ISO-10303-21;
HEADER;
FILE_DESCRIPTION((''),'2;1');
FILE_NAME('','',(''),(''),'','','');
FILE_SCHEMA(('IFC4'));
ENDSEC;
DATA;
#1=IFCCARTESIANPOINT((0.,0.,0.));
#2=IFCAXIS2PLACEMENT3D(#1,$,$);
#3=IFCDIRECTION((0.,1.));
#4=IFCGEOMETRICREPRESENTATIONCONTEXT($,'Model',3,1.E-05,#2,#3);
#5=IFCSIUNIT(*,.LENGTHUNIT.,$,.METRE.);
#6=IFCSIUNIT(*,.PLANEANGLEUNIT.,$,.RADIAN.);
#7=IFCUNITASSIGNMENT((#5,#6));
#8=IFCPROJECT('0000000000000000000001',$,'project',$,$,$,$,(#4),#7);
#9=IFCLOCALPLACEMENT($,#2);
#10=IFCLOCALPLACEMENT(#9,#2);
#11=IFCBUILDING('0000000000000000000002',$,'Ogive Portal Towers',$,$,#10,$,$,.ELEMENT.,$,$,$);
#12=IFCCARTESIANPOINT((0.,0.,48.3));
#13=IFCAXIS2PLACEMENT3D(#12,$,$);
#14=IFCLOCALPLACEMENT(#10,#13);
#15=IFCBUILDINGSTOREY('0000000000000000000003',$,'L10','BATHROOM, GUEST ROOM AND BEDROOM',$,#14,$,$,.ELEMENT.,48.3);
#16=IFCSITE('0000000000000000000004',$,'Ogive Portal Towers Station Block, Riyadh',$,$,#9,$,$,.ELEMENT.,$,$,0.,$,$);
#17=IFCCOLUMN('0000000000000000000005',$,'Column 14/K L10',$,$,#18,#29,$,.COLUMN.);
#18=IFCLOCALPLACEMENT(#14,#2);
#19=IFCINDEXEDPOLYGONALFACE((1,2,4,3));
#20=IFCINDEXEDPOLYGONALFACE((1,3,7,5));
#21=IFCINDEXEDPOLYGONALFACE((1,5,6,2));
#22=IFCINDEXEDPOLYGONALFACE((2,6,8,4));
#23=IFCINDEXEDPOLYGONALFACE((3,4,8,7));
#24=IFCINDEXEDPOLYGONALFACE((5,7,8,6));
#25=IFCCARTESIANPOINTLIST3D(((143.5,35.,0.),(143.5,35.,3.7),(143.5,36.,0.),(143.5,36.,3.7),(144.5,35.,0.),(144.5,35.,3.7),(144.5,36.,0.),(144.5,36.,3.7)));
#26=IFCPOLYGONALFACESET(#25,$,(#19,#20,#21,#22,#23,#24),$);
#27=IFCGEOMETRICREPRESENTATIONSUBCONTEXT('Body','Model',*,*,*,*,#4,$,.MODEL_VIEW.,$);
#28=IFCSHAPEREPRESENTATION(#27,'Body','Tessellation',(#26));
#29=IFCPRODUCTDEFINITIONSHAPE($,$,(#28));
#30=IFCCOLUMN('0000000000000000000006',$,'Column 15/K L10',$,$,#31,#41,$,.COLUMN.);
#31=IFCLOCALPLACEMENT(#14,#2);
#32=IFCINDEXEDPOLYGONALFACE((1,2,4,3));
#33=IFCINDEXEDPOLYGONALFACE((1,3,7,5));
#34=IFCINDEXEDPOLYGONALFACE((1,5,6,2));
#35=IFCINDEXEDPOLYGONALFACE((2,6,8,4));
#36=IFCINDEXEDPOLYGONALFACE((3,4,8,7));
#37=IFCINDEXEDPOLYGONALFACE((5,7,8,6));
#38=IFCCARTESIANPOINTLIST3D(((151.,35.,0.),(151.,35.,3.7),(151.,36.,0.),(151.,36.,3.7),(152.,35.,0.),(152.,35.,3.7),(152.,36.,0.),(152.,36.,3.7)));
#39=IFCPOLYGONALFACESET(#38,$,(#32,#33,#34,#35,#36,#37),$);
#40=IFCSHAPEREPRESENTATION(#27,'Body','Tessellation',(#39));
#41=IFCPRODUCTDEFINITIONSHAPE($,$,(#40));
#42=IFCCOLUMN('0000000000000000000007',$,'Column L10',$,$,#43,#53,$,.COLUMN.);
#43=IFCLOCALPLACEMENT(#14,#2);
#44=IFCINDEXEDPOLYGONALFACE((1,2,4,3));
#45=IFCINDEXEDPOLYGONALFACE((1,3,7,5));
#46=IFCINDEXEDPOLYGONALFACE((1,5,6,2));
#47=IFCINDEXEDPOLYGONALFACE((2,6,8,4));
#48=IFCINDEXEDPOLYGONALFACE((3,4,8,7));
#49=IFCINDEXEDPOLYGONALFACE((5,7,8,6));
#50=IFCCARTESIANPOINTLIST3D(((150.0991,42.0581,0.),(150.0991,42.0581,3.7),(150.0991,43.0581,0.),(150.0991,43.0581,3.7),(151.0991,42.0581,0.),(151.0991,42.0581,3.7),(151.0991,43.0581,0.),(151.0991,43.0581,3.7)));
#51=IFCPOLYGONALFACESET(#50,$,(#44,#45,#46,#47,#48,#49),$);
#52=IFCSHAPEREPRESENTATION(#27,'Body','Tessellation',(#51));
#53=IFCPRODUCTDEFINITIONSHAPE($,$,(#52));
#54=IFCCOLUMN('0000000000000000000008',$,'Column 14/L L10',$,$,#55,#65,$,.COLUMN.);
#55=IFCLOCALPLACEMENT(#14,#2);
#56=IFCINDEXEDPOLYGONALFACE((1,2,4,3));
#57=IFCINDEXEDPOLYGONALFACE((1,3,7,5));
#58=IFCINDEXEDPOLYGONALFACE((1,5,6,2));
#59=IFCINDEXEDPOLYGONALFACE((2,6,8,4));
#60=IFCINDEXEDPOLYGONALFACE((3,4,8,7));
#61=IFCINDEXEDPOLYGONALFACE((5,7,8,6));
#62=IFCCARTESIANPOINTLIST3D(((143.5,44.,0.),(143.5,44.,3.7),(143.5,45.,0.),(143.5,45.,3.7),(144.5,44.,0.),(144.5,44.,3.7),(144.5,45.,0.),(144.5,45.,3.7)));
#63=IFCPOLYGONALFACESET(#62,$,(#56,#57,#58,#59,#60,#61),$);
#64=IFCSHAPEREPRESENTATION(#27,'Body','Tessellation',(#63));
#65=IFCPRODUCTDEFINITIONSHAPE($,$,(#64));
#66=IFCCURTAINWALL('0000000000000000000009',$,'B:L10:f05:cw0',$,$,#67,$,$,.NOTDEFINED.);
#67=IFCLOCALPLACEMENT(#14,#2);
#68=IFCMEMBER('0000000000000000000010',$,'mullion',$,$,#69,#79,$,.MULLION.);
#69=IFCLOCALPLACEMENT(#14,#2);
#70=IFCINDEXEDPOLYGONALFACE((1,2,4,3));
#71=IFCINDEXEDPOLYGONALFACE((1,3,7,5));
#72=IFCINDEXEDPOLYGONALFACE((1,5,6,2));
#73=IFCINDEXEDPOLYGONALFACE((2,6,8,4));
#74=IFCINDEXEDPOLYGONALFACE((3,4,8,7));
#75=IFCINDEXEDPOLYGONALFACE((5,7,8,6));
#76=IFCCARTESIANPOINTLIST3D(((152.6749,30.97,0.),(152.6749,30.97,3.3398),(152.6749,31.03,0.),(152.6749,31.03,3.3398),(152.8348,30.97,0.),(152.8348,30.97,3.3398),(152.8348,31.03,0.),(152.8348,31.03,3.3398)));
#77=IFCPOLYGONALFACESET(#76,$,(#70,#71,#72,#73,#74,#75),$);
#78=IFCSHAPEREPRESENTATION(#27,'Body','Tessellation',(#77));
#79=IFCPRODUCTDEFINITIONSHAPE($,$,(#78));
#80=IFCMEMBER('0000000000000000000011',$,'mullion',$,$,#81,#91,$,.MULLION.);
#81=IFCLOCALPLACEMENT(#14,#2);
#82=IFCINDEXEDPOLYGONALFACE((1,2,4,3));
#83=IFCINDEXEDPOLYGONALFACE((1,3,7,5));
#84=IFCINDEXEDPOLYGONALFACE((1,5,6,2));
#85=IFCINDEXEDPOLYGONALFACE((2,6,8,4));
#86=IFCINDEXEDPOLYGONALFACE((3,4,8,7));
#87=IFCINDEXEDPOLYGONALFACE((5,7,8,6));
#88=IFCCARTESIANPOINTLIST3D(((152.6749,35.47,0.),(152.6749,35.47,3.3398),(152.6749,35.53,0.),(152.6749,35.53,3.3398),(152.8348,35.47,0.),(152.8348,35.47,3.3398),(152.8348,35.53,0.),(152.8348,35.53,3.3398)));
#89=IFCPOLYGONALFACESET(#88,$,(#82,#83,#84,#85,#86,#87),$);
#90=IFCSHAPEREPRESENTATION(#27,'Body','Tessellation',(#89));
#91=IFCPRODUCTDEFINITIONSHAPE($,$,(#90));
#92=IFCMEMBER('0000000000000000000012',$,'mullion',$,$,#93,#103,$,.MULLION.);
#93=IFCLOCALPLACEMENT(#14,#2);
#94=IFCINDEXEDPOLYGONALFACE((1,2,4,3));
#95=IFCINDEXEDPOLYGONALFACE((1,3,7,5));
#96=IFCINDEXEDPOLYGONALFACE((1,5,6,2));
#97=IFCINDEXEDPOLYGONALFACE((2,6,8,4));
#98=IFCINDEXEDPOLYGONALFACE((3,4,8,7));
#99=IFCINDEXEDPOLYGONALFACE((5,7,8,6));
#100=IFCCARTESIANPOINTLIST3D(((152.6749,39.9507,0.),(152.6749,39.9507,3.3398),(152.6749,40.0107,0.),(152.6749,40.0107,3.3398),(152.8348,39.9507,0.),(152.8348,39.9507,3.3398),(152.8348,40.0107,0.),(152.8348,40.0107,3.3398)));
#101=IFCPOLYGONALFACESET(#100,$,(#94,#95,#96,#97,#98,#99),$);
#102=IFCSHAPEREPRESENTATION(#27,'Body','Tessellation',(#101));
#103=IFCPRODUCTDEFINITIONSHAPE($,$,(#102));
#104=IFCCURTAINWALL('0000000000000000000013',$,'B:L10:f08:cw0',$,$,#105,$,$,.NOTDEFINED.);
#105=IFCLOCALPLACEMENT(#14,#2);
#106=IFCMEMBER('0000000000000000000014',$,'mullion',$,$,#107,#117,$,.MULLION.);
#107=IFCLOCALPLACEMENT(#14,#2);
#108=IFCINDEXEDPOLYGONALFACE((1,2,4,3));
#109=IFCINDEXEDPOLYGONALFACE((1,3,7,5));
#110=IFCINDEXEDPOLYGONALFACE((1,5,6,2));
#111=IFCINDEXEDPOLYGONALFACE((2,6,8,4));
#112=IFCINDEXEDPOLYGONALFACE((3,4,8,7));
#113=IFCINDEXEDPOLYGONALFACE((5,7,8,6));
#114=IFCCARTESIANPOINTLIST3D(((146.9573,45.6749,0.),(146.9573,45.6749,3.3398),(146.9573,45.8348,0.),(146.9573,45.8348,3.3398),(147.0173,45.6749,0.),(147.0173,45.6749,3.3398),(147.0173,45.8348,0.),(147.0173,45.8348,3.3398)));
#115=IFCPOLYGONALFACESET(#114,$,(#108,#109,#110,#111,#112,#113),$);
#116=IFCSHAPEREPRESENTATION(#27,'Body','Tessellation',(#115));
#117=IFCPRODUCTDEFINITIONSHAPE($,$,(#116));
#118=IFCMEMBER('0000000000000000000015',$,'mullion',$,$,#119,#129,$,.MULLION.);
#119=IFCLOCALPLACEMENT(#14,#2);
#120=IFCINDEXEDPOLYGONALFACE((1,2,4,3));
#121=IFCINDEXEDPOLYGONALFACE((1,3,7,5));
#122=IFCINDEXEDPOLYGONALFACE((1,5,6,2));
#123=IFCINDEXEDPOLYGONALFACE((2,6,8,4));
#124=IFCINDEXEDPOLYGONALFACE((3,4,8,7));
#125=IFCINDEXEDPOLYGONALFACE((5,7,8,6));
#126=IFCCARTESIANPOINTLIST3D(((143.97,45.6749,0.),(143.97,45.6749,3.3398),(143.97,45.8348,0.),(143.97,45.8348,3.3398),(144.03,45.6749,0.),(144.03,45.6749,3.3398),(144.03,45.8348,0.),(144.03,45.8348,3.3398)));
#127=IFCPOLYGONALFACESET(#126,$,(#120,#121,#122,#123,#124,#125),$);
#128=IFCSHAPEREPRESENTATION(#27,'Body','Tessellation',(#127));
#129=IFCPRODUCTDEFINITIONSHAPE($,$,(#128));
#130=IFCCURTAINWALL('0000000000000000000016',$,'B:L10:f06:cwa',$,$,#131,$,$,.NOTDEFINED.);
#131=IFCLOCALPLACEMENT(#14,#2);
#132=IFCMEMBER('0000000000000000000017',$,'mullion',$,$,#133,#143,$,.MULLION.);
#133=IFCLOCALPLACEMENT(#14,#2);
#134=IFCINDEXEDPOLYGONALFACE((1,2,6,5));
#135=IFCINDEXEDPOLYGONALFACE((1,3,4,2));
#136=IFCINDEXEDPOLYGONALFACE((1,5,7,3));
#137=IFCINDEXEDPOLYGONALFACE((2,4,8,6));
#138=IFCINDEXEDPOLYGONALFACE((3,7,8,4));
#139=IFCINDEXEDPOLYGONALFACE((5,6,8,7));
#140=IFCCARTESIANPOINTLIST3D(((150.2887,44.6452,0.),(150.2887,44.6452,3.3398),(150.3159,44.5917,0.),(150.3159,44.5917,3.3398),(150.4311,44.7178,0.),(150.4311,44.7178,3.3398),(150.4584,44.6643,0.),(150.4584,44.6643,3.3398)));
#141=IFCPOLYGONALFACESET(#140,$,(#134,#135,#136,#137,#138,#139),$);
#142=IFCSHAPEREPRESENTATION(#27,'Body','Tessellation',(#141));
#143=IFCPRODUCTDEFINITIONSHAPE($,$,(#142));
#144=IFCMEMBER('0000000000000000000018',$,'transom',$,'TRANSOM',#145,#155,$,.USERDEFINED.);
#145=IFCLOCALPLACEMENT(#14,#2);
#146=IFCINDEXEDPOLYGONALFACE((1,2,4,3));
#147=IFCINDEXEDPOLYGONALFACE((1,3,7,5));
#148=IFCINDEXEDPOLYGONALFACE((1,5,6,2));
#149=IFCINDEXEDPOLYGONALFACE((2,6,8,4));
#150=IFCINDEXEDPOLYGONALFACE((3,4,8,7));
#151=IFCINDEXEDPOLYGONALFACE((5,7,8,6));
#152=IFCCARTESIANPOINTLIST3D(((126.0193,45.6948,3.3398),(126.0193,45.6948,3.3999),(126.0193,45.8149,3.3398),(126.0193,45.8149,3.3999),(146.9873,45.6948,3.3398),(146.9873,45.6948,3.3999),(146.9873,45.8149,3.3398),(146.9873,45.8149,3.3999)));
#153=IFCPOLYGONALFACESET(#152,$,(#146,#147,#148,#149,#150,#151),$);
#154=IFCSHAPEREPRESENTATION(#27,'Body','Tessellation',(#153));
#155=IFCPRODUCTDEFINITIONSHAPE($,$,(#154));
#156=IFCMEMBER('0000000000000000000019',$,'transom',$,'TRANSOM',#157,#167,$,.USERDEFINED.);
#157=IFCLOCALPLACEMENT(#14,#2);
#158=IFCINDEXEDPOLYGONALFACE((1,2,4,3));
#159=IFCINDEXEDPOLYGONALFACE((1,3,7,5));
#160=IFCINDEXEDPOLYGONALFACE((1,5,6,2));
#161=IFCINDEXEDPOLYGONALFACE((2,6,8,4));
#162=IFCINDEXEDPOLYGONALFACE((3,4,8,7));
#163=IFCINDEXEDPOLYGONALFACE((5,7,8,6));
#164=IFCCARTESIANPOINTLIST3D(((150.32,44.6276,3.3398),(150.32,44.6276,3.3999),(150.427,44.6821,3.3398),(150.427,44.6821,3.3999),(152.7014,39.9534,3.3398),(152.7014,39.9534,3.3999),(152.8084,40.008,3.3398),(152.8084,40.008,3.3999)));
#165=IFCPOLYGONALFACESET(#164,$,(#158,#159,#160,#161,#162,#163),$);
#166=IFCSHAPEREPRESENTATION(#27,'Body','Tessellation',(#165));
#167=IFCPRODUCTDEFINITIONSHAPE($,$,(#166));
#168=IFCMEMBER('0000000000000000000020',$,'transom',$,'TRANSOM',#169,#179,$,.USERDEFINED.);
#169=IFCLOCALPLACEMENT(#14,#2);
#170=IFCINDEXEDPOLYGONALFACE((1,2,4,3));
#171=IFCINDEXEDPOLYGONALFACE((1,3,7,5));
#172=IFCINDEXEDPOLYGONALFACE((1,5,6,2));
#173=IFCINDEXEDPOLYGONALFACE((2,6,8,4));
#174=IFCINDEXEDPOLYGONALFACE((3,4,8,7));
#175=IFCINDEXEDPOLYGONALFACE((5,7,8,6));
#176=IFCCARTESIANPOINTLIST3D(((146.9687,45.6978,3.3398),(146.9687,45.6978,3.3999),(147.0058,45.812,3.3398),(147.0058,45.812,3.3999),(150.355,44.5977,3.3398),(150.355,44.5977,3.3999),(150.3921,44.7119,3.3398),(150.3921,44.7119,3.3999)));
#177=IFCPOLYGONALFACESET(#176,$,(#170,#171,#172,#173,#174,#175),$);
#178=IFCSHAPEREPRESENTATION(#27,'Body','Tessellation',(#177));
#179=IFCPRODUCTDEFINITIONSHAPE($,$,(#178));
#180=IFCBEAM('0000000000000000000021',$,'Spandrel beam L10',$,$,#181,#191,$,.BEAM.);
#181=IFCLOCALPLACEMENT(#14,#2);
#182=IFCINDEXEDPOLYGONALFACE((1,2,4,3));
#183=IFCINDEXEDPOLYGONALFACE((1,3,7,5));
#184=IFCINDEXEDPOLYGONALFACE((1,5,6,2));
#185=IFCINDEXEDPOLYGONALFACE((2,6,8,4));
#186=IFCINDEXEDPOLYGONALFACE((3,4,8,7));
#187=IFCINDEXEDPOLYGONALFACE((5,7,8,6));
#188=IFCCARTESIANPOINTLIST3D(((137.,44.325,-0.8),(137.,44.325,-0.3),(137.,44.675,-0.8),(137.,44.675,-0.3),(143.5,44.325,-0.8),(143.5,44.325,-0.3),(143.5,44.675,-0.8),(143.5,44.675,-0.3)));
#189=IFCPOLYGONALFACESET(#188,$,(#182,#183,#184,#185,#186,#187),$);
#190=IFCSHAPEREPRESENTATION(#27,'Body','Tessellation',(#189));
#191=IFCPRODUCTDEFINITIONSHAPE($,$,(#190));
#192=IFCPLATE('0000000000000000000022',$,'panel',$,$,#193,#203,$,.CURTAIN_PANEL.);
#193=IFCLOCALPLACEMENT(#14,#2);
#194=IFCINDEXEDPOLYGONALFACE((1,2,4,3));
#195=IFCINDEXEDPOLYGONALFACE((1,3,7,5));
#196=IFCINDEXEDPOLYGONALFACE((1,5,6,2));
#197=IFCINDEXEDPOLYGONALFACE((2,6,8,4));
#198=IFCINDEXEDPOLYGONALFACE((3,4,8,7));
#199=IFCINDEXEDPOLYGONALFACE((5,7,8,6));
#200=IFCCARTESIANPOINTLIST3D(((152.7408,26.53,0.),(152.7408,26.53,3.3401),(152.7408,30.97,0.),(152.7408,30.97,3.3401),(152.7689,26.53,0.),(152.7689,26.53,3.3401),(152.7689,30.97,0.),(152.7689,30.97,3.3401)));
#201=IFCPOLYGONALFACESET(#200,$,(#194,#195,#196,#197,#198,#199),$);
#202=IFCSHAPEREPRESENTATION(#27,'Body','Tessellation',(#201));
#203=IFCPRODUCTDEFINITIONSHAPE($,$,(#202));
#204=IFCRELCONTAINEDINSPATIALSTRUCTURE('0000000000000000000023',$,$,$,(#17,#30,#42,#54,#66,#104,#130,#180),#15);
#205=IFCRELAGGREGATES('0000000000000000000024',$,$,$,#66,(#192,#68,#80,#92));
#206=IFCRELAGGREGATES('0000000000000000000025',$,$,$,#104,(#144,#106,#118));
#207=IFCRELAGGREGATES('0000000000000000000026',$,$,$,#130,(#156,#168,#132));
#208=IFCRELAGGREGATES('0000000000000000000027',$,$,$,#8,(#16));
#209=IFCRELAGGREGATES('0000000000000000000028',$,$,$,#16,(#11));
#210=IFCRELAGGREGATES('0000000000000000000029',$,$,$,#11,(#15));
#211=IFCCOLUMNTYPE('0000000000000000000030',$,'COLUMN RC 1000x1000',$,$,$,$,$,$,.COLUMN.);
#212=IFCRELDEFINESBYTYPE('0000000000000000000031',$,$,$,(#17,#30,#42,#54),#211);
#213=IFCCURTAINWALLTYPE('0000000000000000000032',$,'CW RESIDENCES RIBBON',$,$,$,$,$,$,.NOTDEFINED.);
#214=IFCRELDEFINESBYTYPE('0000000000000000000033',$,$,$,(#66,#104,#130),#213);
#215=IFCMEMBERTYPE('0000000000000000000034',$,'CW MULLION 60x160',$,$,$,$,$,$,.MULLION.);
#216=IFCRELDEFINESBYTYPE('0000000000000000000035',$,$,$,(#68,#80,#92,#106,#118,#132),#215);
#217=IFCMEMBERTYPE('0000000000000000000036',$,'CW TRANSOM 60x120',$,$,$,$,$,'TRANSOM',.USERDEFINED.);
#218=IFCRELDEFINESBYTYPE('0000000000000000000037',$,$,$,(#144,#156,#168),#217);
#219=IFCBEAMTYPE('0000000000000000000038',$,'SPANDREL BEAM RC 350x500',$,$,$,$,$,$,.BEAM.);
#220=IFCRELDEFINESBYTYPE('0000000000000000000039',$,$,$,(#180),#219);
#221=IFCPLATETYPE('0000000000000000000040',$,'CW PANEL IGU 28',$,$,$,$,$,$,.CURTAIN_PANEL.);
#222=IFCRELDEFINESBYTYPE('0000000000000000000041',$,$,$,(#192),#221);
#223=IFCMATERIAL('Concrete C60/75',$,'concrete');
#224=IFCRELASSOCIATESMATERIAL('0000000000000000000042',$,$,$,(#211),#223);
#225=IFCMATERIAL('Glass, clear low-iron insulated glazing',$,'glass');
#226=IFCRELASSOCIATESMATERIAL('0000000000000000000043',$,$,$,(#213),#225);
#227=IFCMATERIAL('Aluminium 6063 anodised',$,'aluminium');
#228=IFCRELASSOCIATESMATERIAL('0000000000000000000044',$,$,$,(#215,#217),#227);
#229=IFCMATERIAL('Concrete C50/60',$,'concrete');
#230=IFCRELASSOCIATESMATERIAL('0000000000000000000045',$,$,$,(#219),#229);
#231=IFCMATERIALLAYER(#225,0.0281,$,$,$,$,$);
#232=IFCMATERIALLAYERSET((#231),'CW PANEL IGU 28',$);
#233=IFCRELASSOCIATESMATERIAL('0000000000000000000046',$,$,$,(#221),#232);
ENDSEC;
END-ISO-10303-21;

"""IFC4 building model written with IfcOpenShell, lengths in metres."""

from ifc_helpers import new_model, si_unit, direction, frame, origin, origin_2d, place, context, subcontext, project, spatial, rectangle, extrude, material, layer, layer_set, material_profile, profile_set, type_object, element, aggregate, save


model = new_model("IFC4")

# Units and contexts
model_context = context("Model", 3, precision=1e-05, world=origin(), true_north=direction((0.0, 1.0)))
body_context = subcontext(model_context, "Body", "Model", "MODEL_VIEW")
ifc_project = project(units=[si_unit("LENGTHUNIT", "METRE"), si_unit("PLANEANGLEUNIT", "RADIAN")], contexts=[model_context])

# Site, building, storey
site_placement = place(None, origin())
site = spatial("IfcSite", under=ifc_project, at=site_placement, Name="Ogive Portal Towers Station Block, Riyadh", CompositionType="ELEMENT", RefElevation=0.0)
building_placement = place(site_placement, origin())
building = spatial("IfcBuilding", under=site, at=building_placement, Name="Ogive Portal Towers", CompositionType="ELEMENT")
storey_placement = place(building_placement, frame((0.0, 0.0, 48.3)))
storey = spatial("IfcBuildingStorey", under=building, at=storey_placement, Name="L10", Description="BATHROOM, GUEST ROOM AND BEDROOM", CompositionType="ELEMENT", Elevation=48.3)

# Columns
ifc_material_1 = material(Name="Concrete C60/75", Category="concrete")
ifc_material_profile_1 = material_profile(ifc_material_1, rectangle(XDim=1.0, YDim=1.0, at=origin_2d()), Name="RC 1000x1000")
ifc_profile_set_1 = profile_set([ifc_material_profile_1], Name="Concrete C60/75")
column_type = type_object("IfcColumnType", Name="COLUMN RC 1000x1000", PredefinedType="COLUMN", material=ifc_profile_set_1)
for number, where, z_axis, x_axis, name in (
    (1, (144.0, 35.5, 0.0), (0.0, 0.0, 1.0), (1.0, 0.0, 0.0), "Column 14/K L10"),
    (2, (151.5, 35.5, 0.0), (0.0, 0.0, 1.0), (1.0, 0.0, 0.0), "Column 15/K L10"),
    (3, (150.5991, 42.5581, 0.0), (0.0, 0.0, 1.0), (1.0, 0.0, 0.0), "Column L10"),
    (4, (144.0, 44.5, 0.0), (0.0, 0.0, 1.0), (1.0, 0.0, 0.0), "Column 14/L L10"),
):
    element("IfcColumn", number, at=place(storey_placement, frame(where, z_axis=z_axis, x_axis=x_axis)), inside=storey, type_object=column_type, Name=name, PredefinedType="COLUMN", context=body_context, shape_type="SweptSolid", body=[
        extrude(rectangle(XDim=1.0, YDim=1.0, at=origin_2d()), origin(), (0.0, 0.0, 1.0), 3.7),
    ])

# Curtain walls, members
ifc_material_2 = material(Name="Glass, clear low-iron insulated glazing", Category="glass")
curtain_wall_type = type_object("IfcCurtainWallType", Name="CW RESIDENCES RIBBON", PredefinedType="NOTDEFINED", material=ifc_material_2)
curtain_wall_1_placement = place(storey_placement, origin())
curtain_wall_1 = element("IfcCurtainWall", 5, at=curtain_wall_1_placement, inside=storey, type_object=curtain_wall_type, Name="B:L10:f05:cw0", PredefinedType="NOTDEFINED")
ifc_material_3 = material(Name="Aluminium 6063 anodised", Category="aluminium")
ifc_material_profile_2 = material_profile(ifc_material_3, rectangle(XDim=0.1599, YDim=0.0601, at=origin_2d()), Name="AL 60x160")
ifc_profile_set_2 = profile_set([ifc_material_profile_2], Name="Aluminium 6063 anodised")
member_type_1 = type_object("IfcMemberType", Name="CW MULLION 60x160", PredefinedType="MULLION", material=ifc_profile_set_2)
member_1_placement = place(storey_placement, frame((152.7549, 31.0, 0.0), z_axis=(0.0, 0.0, 1.0), x_axis=(-1.0, 0.0, 0.0)))
member_1 = element("IfcMember", 6, at=member_1_placement, type_object=member_type_1, Name="mullion", PredefinedType="MULLION", context=body_context, shape_type="SweptSolid", body=[
    extrude(rectangle(XDim=0.1599, YDim=0.0601, at=origin_2d()), origin(), (0.0, 0.0, 1.0), 3.3398),
])
member_2_placement = place(storey_placement, frame((152.7549, 35.5, 0.0), z_axis=(0.0, 0.0, 1.0), x_axis=(-1.0, 0.0, 0.0)))
member_2 = element("IfcMember", 7, at=member_2_placement, type_object=member_type_1, Name="mullion", PredefinedType="MULLION", context=body_context, shape_type="SweptSolid", body=[
    extrude(rectangle(XDim=0.1599, YDim=0.0601, at=origin_2d()), origin(), (0.0, 0.0, 1.0), 3.3398),
])
member_3_placement = place(storey_placement, frame((152.7549, 39.9807, 0.0), z_axis=(0.0, 0.0, 1.0), x_axis=(-1.0, 0.0, 0.0)))
member_3 = element("IfcMember", 8, at=member_3_placement, type_object=member_type_1, Name="mullion", PredefinedType="MULLION", context=body_context, shape_type="SweptSolid", body=[
    extrude(rectangle(XDim=0.1599, YDim=0.0601, at=origin_2d()), origin(), (0.0, 0.0, 1.0), 3.3398),
])
curtain_wall_2_placement = place(storey_placement, origin())
curtain_wall_2 = element("IfcCurtainWall", 9, at=curtain_wall_2_placement, inside=storey, type_object=curtain_wall_type, Name="B:L10:f08:cw0", PredefinedType="NOTDEFINED")
member_4_placement = place(storey_placement, frame((146.9873, 45.7549, 0.0), z_axis=(0.0, 0.0, 1.0), x_axis=(0.0, -1.0, 0.0)))
member_4 = element("IfcMember", 10, at=member_4_placement, type_object=member_type_1, Name="mullion", PredefinedType="MULLION", context=body_context, shape_type="SweptSolid", body=[
    extrude(rectangle(XDim=0.1599, YDim=0.0601, at=origin_2d()), origin(), (0.0, 0.0, 1.0), 3.3398),
])
member_5_placement = place(storey_placement, frame((144.0, 45.7549, 0.0), z_axis=(0.0, 0.0, 1.0), x_axis=(0.0, -1.0, 0.0)))
member_5 = element("IfcMember", 11, at=member_5_placement, type_object=member_type_1, Name="mullion", PredefinedType="MULLION", context=body_context, shape_type="SweptSolid", body=[
    extrude(rectangle(XDim=0.1599, YDim=0.0601, at=origin_2d()), origin(), (0.0, 0.0, 1.0), 3.3398),
])

# Curtain wall, member
curtain_wall_3_placement = place(storey_placement, origin())
curtain_wall_3 = element("IfcCurtainWall", 12, at=curtain_wall_3_placement, inside=storey, type_object=curtain_wall_type, Name="B:L10:f06:cwa", PredefinedType="NOTDEFINED")
member_6_placement = place(storey_placement, frame((150.3735, 44.6548, 0.0), z_axis=(0.0, 0.0, 1.0), x_axis=(-0.891007, -0.45399, 0.0)))
member_6 = element("IfcMember", 13, at=member_6_placement, type_object=member_type_1, Name="mullion", PredefinedType="MULLION", context=body_context, shape_type="SweptSolid", body=[
    extrude(rectangle(XDim=0.1599, YDim=0.0601, at=origin_2d()), origin(), (0.0, 0.0, 1.0), 3.3398),
])

# Members
ifc_material_profile_3 = material_profile(ifc_material_3, rectangle(XDim=0.1201, YDim=0.0601, at=origin_2d()), Name="AL 120x60")
ifc_profile_set_3 = profile_set([ifc_material_profile_3], Name="Aluminium 6063 anodised")
member_type_2 = type_object("IfcMemberType", Name="CW TRANSOM 60x120", ElementType="TRANSOM", PredefinedType="USERDEFINED", material=ifc_profile_set_3)
member_7_placement = place(storey_placement, frame((146.9873, 45.7549, 3.3699), z_axis=(-1.0, 0.0, 0.0), x_axis=(0.0, -1.0, 0.0)))
member_7 = element("IfcMember", 14, at=member_7_placement, type_object=member_type_2, Name="transom", ObjectType="TRANSOM", PredefinedType="USERDEFINED", context=body_context, shape_type="SweptSolid", body=[
    extrude(rectangle(XDim=0.1201, YDim=0.0601, at=origin_2d()), origin(), (0.0, 0.0, 1.0), 20.968),
])
member_8_placement = place(storey_placement, frame((152.7549, 39.9807, 3.3699), z_axis=(-0.453959, 0.891023, 0.0), x_axis=(-0.891023, -0.453959, 0.0)))
member_8 = element("IfcMember", 15, at=member_8_placement, type_object=member_type_2, Name="transom", ObjectType="TRANSOM", PredefinedType="USERDEFINED", context=body_context, shape_type="SweptSolid", body=[
    extrude(rectangle(XDim=0.1201, YDim=0.0601, at=origin_2d()), origin(), (0.0, 0.0, 1.0), 5.2458),
])
member_9_placement = place(storey_placement, frame((150.3735, 44.6548, 3.3699), z_axis=(-0.951069, 0.308978, 0.0), x_axis=(-0.308978, -0.951069, 0.0)))
member_9 = element("IfcMember", 16, at=member_9_placement, type_object=member_type_2, Name="transom", ObjectType="TRANSOM", PredefinedType="USERDEFINED", context=body_context, shape_type="SweptSolid", body=[
    extrude(rectangle(XDim=0.1201, YDim=0.0601, at=origin_2d()), origin(), (0.0, 0.0, 1.0), 3.5605),
])

# Beam
ifc_material_4 = material(Name="Concrete C50/60", Category="concrete")
ifc_material_profile_4 = material_profile(ifc_material_4, rectangle(XDim=0.3501, YDim=0.5, at=origin_2d()), Name="RC 350x500")
ifc_profile_set_4 = profile_set([ifc_material_profile_4], Name="Concrete C50/60")
beam_type = type_object("IfcBeamType", Name="SPANDREL BEAM RC 350x500", PredefinedType="BEAM", material=ifc_profile_set_4)
beam_placement = place(storey_placement, frame((143.5, 44.5, -0.55), z_axis=(-1.0, 0.0, 0.0), x_axis=(0.0, -1.0, 0.0)))
element("IfcBeam", 17, at=beam_placement, inside=storey, type_object=beam_type, Name="Spandrel beam L10", PredefinedType="BEAM", context=body_context, shape_type="SweptSolid", body=[
    extrude(rectangle(XDim=0.3501, YDim=0.5, at=origin_2d()), origin(), (0.0, 0.0, 1.0), 6.5),
])

# Plate
ifc_layer_1 = layer(ifc_material_2, 0.0281)
ifc_layer_set_1 = layer_set([ifc_layer_1], Name="CW PANEL IGU 28")
plate_type = type_object("IfcPlateType", Name="CW PANEL IGU 28", PredefinedType="CURTAIN_PANEL", material=ifc_layer_set_1)
plate_1_placement = place(storey_placement, frame((152.7549, 28.75, 0.0), z_axis=(0.0, 0.0, 1.0), x_axis=(0.0, 1.0, 0.0)))
plate_1 = element("IfcPlate", 18, at=plate_1_placement, type_object=plate_type, Name="panel", PredefinedType="CURTAIN_PANEL", context=body_context, shape_type="SweptSolid", body=[
    extrude(rectangle(XDim=4.4399, YDim=0.0281, at=origin_2d()), origin(), (0.0, 0.0, 1.0), 3.3401),
])
aggregate(curtain_wall_1, [plate_1, member_1, member_2, member_3])
aggregate(curtain_wall_2, [member_7, member_4, member_5])
aggregate(curtain_wall_3, [member_8, member_9, member_6])

save(model, "model.ifc")
